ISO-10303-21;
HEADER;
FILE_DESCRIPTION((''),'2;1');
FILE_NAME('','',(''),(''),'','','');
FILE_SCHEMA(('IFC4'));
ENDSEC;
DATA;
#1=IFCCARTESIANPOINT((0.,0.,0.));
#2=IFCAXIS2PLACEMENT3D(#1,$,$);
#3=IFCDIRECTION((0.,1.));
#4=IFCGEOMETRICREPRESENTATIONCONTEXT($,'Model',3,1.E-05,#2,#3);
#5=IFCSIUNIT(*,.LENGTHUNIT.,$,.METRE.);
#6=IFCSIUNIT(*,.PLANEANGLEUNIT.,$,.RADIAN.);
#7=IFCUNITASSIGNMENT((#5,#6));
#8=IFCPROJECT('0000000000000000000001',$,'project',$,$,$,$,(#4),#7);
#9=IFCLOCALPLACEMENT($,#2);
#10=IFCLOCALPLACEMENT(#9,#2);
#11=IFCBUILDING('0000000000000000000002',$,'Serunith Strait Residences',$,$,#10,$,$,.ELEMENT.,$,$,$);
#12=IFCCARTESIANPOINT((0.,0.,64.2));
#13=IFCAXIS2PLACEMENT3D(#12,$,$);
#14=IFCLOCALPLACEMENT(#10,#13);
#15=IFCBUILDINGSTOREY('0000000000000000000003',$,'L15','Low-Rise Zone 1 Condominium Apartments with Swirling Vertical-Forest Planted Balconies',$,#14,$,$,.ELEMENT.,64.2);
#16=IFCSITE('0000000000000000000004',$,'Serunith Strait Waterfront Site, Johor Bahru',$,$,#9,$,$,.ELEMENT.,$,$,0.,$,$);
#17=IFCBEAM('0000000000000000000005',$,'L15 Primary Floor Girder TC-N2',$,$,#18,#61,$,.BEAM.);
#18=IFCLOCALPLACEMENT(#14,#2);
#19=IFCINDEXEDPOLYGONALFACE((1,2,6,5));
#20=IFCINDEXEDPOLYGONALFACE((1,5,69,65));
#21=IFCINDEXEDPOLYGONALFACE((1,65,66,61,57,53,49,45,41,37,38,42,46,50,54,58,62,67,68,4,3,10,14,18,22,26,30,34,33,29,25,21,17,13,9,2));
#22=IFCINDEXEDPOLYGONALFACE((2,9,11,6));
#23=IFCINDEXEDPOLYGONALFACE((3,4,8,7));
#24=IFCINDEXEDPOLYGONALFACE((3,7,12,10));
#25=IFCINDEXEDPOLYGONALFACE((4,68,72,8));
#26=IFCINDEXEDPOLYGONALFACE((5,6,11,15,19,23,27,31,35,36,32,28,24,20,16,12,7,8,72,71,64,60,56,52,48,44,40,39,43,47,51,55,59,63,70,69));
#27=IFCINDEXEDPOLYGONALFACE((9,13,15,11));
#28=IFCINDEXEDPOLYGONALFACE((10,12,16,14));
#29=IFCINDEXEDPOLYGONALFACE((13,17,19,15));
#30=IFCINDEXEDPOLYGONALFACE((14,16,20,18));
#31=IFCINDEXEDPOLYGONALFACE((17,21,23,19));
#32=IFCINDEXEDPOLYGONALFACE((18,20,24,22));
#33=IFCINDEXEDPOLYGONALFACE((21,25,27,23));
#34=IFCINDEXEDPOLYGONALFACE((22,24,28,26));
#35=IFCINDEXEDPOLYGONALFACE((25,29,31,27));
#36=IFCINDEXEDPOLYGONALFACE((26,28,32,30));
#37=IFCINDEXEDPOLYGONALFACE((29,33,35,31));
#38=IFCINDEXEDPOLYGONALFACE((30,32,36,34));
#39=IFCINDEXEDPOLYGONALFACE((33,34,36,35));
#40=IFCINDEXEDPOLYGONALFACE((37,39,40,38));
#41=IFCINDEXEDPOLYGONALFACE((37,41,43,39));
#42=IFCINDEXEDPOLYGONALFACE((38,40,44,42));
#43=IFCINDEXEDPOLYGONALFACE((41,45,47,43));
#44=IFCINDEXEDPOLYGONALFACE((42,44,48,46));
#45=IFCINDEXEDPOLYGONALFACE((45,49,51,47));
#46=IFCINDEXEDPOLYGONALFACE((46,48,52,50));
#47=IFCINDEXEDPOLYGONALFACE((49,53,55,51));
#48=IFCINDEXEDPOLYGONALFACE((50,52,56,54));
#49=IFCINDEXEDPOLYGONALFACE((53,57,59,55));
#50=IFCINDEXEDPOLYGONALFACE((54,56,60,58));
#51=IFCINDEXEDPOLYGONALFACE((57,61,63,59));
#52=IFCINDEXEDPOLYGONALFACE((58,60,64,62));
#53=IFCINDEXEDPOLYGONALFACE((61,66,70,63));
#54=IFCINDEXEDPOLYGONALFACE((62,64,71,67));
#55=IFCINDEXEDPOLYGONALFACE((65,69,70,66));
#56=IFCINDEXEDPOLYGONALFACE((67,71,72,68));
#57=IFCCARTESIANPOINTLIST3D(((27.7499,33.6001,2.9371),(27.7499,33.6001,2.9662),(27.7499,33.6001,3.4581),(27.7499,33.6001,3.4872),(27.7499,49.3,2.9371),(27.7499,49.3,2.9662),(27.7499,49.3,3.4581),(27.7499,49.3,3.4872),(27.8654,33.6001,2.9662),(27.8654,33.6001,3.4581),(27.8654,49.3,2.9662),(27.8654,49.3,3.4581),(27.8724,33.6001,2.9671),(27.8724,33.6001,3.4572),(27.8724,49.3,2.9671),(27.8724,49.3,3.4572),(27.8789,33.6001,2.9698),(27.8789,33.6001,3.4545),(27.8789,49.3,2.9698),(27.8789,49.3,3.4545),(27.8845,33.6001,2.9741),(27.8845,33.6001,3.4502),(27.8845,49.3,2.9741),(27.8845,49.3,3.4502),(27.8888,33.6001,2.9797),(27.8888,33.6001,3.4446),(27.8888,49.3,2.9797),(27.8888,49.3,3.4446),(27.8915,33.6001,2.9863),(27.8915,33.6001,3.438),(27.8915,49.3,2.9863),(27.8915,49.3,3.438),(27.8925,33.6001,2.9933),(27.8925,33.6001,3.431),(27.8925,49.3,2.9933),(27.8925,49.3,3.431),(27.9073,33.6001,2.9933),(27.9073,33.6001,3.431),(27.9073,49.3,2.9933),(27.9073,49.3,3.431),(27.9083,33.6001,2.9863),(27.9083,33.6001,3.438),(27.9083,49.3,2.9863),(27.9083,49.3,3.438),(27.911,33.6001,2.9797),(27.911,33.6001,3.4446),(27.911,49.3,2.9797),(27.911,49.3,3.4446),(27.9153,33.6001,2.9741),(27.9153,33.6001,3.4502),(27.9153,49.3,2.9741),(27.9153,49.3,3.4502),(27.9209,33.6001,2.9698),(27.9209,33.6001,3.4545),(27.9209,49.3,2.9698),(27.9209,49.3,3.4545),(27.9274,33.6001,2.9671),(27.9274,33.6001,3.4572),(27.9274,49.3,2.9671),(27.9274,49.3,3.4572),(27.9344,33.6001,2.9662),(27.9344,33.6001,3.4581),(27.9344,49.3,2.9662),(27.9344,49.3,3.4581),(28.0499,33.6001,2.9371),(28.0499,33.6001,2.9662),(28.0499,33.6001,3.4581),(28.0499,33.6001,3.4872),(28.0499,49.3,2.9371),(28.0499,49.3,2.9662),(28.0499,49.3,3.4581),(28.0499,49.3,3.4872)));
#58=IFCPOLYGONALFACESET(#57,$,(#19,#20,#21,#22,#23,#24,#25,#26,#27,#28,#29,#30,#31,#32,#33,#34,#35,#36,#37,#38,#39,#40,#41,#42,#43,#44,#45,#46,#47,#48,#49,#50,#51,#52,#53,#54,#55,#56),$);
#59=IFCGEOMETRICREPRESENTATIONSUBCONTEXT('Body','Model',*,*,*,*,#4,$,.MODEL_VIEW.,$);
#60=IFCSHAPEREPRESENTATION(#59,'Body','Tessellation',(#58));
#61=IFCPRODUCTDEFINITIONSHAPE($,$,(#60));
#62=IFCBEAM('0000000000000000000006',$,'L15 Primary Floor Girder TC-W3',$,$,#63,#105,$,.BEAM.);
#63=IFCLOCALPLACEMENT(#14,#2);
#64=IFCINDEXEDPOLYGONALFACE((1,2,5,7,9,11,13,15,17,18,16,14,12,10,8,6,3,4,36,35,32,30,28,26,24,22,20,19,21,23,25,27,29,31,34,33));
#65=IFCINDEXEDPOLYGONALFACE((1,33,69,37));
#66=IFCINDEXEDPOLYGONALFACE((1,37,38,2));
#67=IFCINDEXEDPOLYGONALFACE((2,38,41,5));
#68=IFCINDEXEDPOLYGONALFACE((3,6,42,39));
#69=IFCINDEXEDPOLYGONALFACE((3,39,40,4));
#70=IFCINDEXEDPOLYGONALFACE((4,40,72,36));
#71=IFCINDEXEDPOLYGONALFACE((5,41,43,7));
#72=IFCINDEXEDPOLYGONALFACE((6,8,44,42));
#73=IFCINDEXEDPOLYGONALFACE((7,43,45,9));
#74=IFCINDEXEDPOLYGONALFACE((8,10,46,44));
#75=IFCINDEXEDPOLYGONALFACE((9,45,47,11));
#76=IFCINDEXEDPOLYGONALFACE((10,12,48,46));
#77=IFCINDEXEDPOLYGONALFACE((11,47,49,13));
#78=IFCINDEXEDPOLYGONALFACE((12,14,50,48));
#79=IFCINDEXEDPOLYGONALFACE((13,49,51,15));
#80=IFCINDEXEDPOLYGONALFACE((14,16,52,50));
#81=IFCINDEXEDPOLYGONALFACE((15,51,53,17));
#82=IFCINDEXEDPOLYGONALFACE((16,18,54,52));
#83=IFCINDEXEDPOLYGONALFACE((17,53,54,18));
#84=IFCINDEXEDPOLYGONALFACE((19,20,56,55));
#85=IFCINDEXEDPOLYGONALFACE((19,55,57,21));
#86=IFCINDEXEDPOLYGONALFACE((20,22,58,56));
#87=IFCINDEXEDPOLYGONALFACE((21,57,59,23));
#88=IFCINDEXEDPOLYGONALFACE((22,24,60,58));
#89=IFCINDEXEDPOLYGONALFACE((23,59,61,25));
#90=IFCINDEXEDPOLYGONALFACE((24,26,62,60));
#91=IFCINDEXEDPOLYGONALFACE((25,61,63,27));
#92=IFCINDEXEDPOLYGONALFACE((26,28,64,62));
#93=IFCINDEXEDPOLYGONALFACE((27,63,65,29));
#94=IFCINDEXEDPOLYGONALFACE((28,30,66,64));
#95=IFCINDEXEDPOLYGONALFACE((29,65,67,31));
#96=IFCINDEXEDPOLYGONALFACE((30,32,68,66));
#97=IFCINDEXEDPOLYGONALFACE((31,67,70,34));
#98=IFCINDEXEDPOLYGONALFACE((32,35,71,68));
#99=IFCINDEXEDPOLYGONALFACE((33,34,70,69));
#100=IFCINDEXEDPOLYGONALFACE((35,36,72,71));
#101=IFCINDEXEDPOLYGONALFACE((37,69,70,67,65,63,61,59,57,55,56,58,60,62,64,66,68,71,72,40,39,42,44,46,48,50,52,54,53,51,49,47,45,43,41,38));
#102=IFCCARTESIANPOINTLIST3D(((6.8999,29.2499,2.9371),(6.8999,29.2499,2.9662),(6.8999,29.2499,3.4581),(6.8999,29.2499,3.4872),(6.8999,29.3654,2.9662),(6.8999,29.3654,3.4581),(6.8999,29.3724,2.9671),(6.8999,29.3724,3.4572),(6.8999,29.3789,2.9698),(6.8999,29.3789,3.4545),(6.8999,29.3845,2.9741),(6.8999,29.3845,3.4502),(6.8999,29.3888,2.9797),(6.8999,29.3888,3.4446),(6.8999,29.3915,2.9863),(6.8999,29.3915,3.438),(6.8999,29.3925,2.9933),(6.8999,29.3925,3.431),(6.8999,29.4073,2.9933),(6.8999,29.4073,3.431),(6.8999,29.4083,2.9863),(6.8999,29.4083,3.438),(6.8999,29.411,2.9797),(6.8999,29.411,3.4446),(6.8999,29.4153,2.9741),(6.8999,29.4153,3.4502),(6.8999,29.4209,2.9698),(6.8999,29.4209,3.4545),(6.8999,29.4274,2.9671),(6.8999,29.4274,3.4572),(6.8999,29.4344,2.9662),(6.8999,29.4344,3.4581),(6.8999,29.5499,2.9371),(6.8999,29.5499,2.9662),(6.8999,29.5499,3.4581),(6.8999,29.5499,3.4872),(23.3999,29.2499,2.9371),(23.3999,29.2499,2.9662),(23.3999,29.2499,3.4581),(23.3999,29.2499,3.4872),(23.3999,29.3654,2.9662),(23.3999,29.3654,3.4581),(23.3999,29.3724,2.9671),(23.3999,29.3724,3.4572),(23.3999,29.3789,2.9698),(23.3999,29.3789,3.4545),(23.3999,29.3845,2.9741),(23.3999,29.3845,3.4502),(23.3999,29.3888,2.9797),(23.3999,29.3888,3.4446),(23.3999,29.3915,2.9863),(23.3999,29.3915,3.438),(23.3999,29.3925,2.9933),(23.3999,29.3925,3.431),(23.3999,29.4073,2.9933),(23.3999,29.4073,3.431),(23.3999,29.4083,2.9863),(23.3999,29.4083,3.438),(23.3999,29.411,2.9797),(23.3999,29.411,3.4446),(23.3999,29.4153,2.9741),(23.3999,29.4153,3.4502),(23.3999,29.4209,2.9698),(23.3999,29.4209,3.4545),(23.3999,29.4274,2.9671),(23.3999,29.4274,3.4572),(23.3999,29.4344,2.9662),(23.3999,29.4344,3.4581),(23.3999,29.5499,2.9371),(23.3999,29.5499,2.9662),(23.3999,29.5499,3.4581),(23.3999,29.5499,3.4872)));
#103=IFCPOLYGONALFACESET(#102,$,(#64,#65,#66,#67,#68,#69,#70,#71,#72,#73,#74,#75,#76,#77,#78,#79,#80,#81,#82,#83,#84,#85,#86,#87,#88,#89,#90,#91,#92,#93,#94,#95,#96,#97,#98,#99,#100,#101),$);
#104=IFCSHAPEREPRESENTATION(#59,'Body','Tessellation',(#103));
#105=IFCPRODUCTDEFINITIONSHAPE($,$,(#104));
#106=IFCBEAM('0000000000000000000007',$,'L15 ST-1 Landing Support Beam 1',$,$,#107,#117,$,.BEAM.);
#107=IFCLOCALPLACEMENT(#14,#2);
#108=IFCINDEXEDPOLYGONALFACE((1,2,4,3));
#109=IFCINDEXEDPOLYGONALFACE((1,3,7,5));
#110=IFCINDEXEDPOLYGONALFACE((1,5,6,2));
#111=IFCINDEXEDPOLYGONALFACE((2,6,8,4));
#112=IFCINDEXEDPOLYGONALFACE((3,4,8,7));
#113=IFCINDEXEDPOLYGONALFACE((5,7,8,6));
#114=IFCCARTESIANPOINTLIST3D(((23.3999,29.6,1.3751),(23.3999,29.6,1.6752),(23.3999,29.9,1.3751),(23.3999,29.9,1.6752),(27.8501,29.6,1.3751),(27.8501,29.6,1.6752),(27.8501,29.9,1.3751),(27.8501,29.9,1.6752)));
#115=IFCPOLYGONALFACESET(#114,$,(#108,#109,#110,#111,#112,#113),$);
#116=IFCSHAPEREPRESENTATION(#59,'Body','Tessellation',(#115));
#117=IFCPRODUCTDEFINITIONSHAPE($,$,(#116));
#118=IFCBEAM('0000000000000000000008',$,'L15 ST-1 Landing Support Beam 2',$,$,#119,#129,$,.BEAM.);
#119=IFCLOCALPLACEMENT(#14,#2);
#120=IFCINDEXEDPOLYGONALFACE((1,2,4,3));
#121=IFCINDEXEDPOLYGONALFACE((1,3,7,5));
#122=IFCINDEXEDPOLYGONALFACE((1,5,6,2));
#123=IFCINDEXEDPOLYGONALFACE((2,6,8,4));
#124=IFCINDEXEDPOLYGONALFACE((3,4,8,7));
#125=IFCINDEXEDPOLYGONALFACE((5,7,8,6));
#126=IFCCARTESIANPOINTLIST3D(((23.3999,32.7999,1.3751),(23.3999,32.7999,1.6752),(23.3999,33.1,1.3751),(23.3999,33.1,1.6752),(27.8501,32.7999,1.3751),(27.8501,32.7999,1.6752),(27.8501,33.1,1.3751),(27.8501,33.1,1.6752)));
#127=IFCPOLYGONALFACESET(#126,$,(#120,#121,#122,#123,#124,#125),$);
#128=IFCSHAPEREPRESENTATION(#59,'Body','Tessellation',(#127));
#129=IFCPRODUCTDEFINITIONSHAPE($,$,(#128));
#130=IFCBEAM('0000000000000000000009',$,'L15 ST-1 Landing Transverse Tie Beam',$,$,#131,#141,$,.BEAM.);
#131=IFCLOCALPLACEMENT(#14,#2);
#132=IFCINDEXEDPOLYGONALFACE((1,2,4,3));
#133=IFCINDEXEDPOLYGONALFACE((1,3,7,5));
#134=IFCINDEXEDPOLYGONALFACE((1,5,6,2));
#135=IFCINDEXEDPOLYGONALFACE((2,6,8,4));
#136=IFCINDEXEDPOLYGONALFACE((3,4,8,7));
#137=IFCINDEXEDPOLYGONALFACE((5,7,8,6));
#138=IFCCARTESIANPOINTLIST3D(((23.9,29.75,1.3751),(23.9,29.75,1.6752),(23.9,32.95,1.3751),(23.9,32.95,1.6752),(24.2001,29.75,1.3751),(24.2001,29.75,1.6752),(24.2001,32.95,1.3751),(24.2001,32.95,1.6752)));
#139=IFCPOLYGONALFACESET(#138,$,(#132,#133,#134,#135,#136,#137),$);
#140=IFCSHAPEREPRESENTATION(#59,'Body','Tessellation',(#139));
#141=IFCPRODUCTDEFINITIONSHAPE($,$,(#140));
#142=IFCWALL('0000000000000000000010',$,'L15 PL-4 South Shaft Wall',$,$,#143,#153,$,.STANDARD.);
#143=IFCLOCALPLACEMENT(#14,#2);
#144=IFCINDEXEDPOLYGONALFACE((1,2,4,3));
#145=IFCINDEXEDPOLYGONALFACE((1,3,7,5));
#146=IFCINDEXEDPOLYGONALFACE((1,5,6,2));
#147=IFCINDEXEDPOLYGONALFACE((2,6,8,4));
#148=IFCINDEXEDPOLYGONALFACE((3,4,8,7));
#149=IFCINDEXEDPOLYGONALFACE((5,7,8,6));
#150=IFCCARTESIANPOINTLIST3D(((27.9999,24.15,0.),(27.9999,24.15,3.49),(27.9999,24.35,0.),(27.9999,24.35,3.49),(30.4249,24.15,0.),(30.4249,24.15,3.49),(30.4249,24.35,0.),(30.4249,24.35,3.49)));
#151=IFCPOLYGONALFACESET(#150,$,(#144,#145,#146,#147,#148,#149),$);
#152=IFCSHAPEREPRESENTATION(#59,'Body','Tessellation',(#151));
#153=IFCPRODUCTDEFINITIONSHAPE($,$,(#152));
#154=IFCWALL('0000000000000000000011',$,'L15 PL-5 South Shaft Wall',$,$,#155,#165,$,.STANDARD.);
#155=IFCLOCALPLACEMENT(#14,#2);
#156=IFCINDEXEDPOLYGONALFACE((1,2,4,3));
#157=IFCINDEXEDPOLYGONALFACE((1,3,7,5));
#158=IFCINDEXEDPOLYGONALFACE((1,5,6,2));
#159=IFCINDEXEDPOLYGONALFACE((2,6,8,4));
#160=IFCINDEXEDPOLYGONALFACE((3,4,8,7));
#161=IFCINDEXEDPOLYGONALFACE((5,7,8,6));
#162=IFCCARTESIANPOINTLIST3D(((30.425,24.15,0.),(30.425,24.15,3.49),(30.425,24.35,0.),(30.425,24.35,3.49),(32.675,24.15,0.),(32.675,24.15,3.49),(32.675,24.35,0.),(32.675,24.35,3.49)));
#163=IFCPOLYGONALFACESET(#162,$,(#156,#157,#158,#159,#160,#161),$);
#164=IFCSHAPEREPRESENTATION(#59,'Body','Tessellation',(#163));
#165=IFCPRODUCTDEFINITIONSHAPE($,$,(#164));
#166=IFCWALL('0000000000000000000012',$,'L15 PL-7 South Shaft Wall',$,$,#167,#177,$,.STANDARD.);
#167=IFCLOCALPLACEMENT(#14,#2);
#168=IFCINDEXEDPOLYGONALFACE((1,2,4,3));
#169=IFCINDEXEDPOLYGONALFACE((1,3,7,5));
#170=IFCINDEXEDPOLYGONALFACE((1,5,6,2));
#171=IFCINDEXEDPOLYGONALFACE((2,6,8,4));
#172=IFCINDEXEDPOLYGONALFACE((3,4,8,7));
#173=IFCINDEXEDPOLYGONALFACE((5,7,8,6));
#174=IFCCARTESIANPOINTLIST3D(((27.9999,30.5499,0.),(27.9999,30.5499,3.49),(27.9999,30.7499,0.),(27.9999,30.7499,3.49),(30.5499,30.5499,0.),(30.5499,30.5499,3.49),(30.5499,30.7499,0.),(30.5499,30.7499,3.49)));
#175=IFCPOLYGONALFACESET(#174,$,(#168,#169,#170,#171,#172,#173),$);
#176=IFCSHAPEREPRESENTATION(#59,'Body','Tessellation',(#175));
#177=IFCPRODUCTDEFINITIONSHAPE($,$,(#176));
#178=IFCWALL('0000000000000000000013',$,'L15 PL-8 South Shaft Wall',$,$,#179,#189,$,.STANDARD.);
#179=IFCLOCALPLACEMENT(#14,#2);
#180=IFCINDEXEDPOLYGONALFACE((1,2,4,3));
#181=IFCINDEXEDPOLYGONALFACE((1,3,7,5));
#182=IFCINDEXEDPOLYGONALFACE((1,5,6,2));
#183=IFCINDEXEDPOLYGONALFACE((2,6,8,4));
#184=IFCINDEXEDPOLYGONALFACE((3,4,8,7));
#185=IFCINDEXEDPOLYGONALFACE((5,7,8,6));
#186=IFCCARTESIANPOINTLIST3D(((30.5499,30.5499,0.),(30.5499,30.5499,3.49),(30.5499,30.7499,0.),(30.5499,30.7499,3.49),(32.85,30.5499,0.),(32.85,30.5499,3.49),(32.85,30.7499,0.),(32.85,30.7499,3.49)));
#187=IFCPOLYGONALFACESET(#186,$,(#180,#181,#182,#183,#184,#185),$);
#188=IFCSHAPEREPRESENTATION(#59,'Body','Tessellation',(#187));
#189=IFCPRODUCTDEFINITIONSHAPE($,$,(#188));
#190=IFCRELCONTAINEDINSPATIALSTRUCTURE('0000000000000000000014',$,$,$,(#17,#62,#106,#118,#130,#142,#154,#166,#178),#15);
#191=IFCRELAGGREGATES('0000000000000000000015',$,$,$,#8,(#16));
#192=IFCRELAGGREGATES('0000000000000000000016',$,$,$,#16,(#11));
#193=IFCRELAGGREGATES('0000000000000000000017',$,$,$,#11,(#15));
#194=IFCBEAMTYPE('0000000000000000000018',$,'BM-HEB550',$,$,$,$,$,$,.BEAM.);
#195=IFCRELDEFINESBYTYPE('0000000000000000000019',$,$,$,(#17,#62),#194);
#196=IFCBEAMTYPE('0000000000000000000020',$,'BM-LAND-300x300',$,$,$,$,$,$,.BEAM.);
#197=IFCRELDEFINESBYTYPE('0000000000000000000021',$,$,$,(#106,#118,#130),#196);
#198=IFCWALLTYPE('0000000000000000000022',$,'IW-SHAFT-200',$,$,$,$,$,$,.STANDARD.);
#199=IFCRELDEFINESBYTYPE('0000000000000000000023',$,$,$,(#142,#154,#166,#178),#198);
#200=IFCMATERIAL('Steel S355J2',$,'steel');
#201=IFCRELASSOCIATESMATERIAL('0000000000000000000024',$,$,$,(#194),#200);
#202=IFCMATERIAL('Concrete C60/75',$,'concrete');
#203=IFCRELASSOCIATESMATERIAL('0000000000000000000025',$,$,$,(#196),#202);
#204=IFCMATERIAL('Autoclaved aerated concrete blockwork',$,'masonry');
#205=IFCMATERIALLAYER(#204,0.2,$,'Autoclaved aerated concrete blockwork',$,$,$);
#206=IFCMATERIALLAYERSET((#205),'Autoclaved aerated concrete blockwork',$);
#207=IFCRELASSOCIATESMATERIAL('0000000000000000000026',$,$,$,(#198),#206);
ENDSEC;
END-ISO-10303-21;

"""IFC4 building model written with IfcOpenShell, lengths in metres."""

from ifc_helpers import new_model, si_unit, direction, frame, frame_2d, origin, origin_2d, place, context, subcontext, project, spatial, rectangle, i_section, extrude, source, transform, mapped, material, layer, layer_set, material_profile, profile_set, type_object, element, save


model = new_model("IFC4")

# Units and contexts
model_context = context("Model", 3, precision=1e-05, world=origin(), true_north=direction((0.0, 1.0)))
body_context = subcontext(model_context, "Body", "Model", "MODEL_VIEW")
ifc_project = project(units=[si_unit("LENGTHUNIT", "METRE"), si_unit("PLANEANGLEUNIT", "RADIAN")], contexts=[model_context])

# Site, building, storey
site_placement = place(None, origin())
site = spatial("IfcSite", under=ifc_project, at=site_placement, Name="Serunith Strait Waterfront Site, Johor Bahru", CompositionType="ELEMENT", RefElevation=0.0)
building_placement = place(site_placement, origin())
building = spatial("IfcBuilding", under=site, at=building_placement, Name="Serunith Strait Residences", CompositionType="ELEMENT")
storey_placement = place(building_placement, frame((0.0, 0.0, 64.2)))
storey = spatial("IfcBuildingStorey", under=building, at=storey_placement, Name="L15", Description="Low-Rise Zone 1 Condominium Apartments with Swirling Vertical-Forest Planted Balconies", CompositionType="ELEMENT", Elevation=64.2)

# Beams
ifc_material_1 = material(Name="Steel S355J2", Category="steel")
ifc_material_profile_1 = material_profile(ifc_material_1, i_section(OverallWidth=0.3, OverallDepth=0.55, WebThickness=0.0149, FlangeThickness=0.0291, FilletRadius=0.0271, at=origin_2d()), Name="HEB 550")
ifc_profile_set_1 = profile_set([ifc_material_profile_1], Name="Steel S355J2")
beam_type_1 = type_object("IfcBeamType", Name="BM-HEB550", PredefinedType="BEAM", material=ifc_profile_set_1)
shared_shape_1 = source(origin(), body_context, "Body", "SweptSolid", [
    extrude(i_section(OverallWidth=0.3, OverallDepth=0.55, WebThickness=0.0149, FlangeThickness=0.0291, FilletRadius=0.0271, at=origin_2d()), origin(), (0.0, 0.0, 1.0), 15.7),
])
beam_1_placement = place(storey_placement, frame((27.8999, 33.6001, 3.2122), z_axis=(0.0, 1.0, 0.0), x_axis=(-1.0, 0.0, 0.0)))
element("IfcBeam", 1, at=beam_1_placement, inside=storey, type_object=beam_type_1, Name="L15 Primary Floor Girder TC-N2", PredefinedType="BEAM", context=body_context, shape_type="MappedRepresentation", body=[
    mapped(shared_shape_1, transform((0.0, 0.0, 0.0), scale=1.0)),
])
shared_shape_2 = source(origin(), body_context, "Body", "SweptSolid", [
    extrude(i_section(OverallWidth=0.3, OverallDepth=0.55, WebThickness=0.0149, FlangeThickness=0.0291, FilletRadius=0.0271, at=origin_2d()), origin(), (0.0, 0.0, 1.0), 16.5),
])
beam_2_placement = place(storey_placement, frame((23.3999, 29.3999, 3.2122), z_axis=(-1.0, 0.0, 0.0), x_axis=(0.0, -1.0, 0.0)))
element("IfcBeam", 2, at=beam_2_placement, inside=storey, type_object=beam_type_1, Name="L15 Primary Floor Girder TC-W3", PredefinedType="BEAM", context=body_context, shape_type="MappedRepresentation", body=[
    mapped(shared_shape_2, transform((0.0, 0.0, 0.0), scale=1.0)),
])
ifc_material_2 = material(Name="Concrete C60/75", Category="concrete")
ifc_material_profile_2 = material_profile(ifc_material_2, rectangle(XDim=0.3, YDim=0.3, at=origin_2d()), Name="RC 300x300")
ifc_profile_set_2 = profile_set([ifc_material_profile_2], Name="Concrete C60/75")
beam_type_2 = type_object("IfcBeamType", Name="BM-LAND-300x300", PredefinedType="BEAM", material=ifc_profile_set_2)
shared_shape_3 = source(origin(), body_context, "Body", "SweptSolid", [
    extrude(rectangle(XDim=0.3, YDim=0.3, at=origin_2d()), origin(), (0.0, 0.0, 1.0), 4.4502),
])
for number, where, z_axis, x_axis, name in (
    (3, (23.3999, 29.75, 1.5251), (1.0, 0.0, 0.0), (0.0, 1.0, 0.0), "L15 ST-1 Landing Support Beam 1"),
    (4, (23.3999, 32.95, 1.5251), (1.0, 0.0, 0.0), (0.0, 1.0, 0.0), "L15 ST-1 Landing Support Beam 2"),
):
    element("IfcBeam", number, at=place(storey_placement, frame(where, z_axis=z_axis, x_axis=x_axis)), inside=storey, type_object=beam_type_2, Name=name, PredefinedType="BEAM", context=body_context, shape_type="MappedRepresentation", body=[
        mapped(shared_shape_3, transform((0.0, 0.0, 0.0), scale=1.0)),
    ])
shared_shape_4 = source(origin(), body_context, "Body", "SweptSolid", [
    extrude(rectangle(XDim=0.3, YDim=0.3, at=origin_2d()), origin(), (0.0, 0.0, 1.0), 3.2),
])
beam_3_placement = place(storey_placement, frame((24.05, 29.75, 1.5251), z_axis=(0.0, 1.0, 0.0), x_axis=(-1.0, 0.0, 0.0)))
element("IfcBeam", 5, at=beam_3_placement, inside=storey, type_object=beam_type_2, Name="L15 ST-1 Landing Transverse Tie Beam", PredefinedType="BEAM", context=body_context, shape_type="MappedRepresentation", body=[
    mapped(shared_shape_4, transform((0.0, 0.0, 0.0), scale=1.0)),
])

# Shared definitions
ifc_material_3 = material(Name="Autoclaved aerated concrete blockwork", Category="masonry")
ifc_layer = layer(ifc_material_3, 0.2, Name="Autoclaved aerated concrete blockwork")
ifc_layer_set = layer_set([ifc_layer], Name="Autoclaved aerated concrete blockwork")
wall_type = type_object("IfcWallType", Name="IW-SHAFT-200", PredefinedType="STANDARD", material=ifc_layer_set)

# Walls
wall_1_placement = place(storey_placement, frame((28.0, 24.25, 0.0), z_axis=(0.0, 0.0, 1.0), x_axis=(1.0, 0.0, 0.0)))
element("IfcWall", 6, at=wall_1_placement, inside=storey, type_object=wall_type, Name="L15 PL-4 South Shaft Wall", PredefinedType="STANDARD", context=body_context, shape_type="SweptSolid", body=[
    extrude(rectangle(XDim=2.425, YDim=0.2, at=frame_2d((1.2124, 0.0))), origin(), (0.0, 0.0, 1.0), 3.49),
])
wall_2_placement = place(storey_placement, frame((30.425, 24.25, 0.0), z_axis=(0.0, 0.0, 1.0), x_axis=(1.0, 0.0, 0.0)))
element("IfcWall", 7, at=wall_2_placement, inside=storey, type_object=wall_type, Name="L15 PL-5 South Shaft Wall", PredefinedType="STANDARD", context=body_context, shape_type="SweptSolid", body=[
    extrude(rectangle(XDim=2.25, YDim=0.2, at=frame_2d((1.125, 0.0))), origin(), (0.0, 0.0, 1.0), 3.49),
])
wall_3_placement = place(storey_placement, frame((28.0, 30.6499, 0.0), z_axis=(0.0, 0.0, 1.0), x_axis=(1.0, 0.0, 0.0)))
element("IfcWall", 8, at=wall_3_placement, inside=storey, type_object=wall_type, Name="L15 PL-7 South Shaft Wall", PredefinedType="STANDARD", context=body_context, shape_type="SweptSolid", body=[
    extrude(rectangle(XDim=2.55, YDim=0.2, at=frame_2d((1.2749, 0.0))), origin(), (0.0, 0.0, 1.0), 3.49),
])
wall_4_placement = place(storey_placement, frame((30.55, 30.6499, 0.0), z_axis=(0.0, 0.0, 1.0), x_axis=(1.0, 0.0, 0.0)))
element("IfcWall", 9, at=wall_4_placement, inside=storey, type_object=wall_type, Name="L15 PL-8 South Shaft Wall", PredefinedType="STANDARD", context=body_context, shape_type="SweptSolid", body=[
    extrude(rectangle(XDim=2.3, YDim=0.2, at=frame_2d((1.1499, 0.0))), origin(), (0.0, 0.0, 1.0), 3.49),
])

save(model, "model.ifc")
